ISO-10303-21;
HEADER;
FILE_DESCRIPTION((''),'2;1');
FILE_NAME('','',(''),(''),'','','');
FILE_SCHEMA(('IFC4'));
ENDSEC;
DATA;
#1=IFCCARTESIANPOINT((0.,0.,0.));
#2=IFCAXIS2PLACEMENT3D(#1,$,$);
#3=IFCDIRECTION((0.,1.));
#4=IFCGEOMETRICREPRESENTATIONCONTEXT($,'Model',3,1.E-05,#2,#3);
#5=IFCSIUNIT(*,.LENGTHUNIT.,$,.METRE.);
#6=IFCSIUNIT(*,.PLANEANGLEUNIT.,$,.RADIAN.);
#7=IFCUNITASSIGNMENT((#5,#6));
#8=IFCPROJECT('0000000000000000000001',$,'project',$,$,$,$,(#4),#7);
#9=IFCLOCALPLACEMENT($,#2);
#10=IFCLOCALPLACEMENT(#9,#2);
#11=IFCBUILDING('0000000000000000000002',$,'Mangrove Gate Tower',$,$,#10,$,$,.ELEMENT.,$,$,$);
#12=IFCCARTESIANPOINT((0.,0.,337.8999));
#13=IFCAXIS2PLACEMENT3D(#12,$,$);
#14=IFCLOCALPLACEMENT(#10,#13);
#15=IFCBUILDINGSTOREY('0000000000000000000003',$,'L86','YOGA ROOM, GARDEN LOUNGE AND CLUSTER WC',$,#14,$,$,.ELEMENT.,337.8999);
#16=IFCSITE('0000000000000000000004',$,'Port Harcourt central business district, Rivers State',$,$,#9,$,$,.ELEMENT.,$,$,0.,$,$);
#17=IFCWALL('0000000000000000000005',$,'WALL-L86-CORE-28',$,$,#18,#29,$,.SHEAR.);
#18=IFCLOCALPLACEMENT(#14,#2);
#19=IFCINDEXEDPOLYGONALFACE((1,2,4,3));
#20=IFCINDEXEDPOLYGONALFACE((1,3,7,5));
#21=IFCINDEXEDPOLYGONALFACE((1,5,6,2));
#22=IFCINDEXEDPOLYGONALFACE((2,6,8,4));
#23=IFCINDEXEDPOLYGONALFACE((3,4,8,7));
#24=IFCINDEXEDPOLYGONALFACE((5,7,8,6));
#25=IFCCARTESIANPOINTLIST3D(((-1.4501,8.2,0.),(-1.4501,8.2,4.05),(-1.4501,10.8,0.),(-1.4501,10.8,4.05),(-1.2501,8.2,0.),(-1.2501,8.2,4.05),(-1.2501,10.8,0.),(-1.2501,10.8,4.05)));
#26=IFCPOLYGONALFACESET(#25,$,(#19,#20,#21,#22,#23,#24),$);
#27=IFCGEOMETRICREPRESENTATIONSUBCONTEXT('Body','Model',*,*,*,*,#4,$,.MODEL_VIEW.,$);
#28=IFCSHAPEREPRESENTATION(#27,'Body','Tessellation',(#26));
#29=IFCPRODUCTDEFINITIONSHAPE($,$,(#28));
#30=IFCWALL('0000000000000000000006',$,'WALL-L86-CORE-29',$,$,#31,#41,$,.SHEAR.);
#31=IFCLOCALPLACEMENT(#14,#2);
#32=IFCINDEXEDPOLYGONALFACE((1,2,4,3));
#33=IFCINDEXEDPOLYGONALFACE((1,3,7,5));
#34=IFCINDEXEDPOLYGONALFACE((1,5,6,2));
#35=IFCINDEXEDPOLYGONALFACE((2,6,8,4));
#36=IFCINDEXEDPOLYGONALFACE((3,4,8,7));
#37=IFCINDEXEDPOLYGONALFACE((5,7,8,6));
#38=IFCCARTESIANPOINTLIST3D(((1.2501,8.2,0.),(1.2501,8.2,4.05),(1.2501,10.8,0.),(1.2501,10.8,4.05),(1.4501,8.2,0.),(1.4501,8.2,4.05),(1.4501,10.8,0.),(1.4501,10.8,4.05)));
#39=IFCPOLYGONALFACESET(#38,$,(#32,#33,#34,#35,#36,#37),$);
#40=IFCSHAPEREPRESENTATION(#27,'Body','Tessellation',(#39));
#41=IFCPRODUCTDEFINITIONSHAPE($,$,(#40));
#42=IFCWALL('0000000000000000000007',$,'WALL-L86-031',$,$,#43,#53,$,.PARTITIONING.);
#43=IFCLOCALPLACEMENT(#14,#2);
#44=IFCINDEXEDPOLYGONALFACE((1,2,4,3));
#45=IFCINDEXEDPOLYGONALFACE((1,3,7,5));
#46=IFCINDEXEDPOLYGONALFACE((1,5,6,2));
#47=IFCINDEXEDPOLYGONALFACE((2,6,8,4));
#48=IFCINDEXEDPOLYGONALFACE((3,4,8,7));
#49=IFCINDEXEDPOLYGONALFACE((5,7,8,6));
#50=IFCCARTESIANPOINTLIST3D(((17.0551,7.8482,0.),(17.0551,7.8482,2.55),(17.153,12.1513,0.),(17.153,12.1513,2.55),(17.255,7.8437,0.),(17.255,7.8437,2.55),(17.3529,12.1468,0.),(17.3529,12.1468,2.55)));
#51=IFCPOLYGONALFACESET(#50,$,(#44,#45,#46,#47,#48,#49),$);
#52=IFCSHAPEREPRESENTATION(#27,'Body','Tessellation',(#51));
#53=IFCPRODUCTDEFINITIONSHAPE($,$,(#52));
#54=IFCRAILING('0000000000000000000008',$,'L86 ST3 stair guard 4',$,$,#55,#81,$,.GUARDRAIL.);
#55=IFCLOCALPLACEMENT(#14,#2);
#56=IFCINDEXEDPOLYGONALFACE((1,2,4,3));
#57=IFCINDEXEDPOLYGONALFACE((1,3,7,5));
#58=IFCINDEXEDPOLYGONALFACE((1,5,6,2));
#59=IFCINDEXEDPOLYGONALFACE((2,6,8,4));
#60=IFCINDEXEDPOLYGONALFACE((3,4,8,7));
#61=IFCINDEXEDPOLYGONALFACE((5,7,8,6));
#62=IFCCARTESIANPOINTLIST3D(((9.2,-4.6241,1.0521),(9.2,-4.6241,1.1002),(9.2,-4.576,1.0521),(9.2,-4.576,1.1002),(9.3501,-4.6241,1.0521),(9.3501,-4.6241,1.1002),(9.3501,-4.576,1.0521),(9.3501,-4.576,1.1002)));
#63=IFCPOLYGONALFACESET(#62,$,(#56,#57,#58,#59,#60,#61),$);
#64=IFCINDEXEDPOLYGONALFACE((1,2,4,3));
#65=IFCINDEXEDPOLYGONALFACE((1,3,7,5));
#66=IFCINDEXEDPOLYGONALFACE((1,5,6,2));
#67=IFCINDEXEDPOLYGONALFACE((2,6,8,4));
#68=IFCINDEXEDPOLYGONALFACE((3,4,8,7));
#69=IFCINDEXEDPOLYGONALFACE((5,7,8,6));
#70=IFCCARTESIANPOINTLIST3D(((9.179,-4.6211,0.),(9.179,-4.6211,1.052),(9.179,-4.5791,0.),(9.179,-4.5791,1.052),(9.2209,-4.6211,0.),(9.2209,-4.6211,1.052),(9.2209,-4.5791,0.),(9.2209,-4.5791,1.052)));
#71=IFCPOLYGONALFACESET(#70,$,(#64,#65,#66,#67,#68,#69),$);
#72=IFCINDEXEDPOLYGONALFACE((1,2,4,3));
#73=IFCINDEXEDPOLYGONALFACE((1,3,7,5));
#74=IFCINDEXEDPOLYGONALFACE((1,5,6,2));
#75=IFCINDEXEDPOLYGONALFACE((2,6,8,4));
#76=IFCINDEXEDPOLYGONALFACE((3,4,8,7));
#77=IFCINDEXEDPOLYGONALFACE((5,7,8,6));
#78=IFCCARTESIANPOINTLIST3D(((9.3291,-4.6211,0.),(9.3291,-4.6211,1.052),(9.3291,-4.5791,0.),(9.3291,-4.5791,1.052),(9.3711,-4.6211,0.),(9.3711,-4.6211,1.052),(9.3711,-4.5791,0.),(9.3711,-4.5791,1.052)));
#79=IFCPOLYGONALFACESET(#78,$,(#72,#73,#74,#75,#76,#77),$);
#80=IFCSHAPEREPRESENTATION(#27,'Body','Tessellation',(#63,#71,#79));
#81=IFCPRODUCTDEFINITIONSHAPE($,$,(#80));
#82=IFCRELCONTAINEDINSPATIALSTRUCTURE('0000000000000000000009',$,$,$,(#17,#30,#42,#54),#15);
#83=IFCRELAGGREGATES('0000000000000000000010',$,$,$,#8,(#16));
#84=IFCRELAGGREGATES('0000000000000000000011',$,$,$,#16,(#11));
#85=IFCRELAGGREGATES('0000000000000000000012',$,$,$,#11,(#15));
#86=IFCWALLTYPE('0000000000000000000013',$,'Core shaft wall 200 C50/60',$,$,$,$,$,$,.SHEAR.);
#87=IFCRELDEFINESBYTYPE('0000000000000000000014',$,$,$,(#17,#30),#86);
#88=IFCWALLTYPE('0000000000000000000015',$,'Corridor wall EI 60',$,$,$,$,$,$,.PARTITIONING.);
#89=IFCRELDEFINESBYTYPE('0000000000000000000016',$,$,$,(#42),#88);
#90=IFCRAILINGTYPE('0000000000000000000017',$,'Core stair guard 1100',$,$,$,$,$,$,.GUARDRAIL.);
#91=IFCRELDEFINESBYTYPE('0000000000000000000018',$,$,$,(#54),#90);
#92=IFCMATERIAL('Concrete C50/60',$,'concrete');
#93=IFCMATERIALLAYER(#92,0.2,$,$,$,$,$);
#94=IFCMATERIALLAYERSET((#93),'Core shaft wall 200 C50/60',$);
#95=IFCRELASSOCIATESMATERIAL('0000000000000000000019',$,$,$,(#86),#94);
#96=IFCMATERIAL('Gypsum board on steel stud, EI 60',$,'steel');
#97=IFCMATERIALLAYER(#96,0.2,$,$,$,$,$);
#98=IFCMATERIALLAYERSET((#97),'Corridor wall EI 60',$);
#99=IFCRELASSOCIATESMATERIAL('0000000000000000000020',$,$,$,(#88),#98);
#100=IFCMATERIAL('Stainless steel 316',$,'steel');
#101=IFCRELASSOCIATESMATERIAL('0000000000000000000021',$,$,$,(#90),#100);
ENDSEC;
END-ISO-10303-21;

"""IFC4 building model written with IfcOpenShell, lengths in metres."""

from ifc_helpers import new_model, si_unit, direction, frame, frame_2d, origin, origin_2d, place, context, subcontext, project, spatial, rectangle, extrude, material, layer, layer_set, type_object, element, save


model = new_model("IFC4")

# Units and contexts
model_context = context("Model", 3, precision=1e-05, world=origin(), true_north=direction((0.0, 1.0)))
body_context = subcontext(model_context, "Body", "Model", "MODEL_VIEW")
ifc_project = project(units=[si_unit("LENGTHUNIT", "METRE"), si_unit("PLANEANGLEUNIT", "RADIAN")], contexts=[model_context])

# Site, building, storey
site_placement = place(None, origin())
site = spatial("IfcSite", under=ifc_project, at=site_placement, Name="Port Harcourt central business district, Rivers State", CompositionType="ELEMENT", RefElevation=0.0)
building_placement = place(site_placement, origin())
building = spatial("IfcBuilding", under=site, at=building_placement, Name="Mangrove Gate Tower", CompositionType="ELEMENT")
storey_placement = place(building_placement, frame((0.0, 0.0, 337.8999)))
storey = spatial("IfcBuildingStorey", under=building, at=storey_placement, Name="L86", Description="YOGA ROOM, GARDEN LOUNGE AND CLUSTER WC", CompositionType="ELEMENT", Elevation=337.8999)

# Walls
ifc_material_1 = material(Name="Concrete C50/60", Category="concrete")
ifc_layer_1 = layer(ifc_material_1, 0.2)
ifc_layer_set_1 = layer_set([ifc_layer_1], Name="Core shaft wall 200 C50/60")
wall_type_1 = type_object("IfcWallType", Name="Core shaft wall 200 C50/60", PredefinedType="SHEAR", material=ifc_layer_set_1)
for number, where, z_axis, x_axis, name in (
    (1, (-1.3501, 8.2, 0.0), (0.0, 0.0, 1.0), (0.0, 1.0, 0.0), "WALL-L86-CORE-28"),
    (2, (1.3501, 8.2, 0.0), (0.0, 0.0, 1.0), (0.0, 1.0, 0.0), "WALL-L86-CORE-29"),
):
    element("IfcWall", number, at=place(storey_placement, frame(where, z_axis=z_axis, x_axis=x_axis)), inside=storey, type_object=wall_type_1, Name=name, PredefinedType="SHEAR", context=body_context, shape_type="SweptSolid", body=[
        extrude(rectangle(XDim=2.6001, YDim=0.2, at=frame_2d((1.3, 0.0))), origin(), (0.0, 0.0, 1.0), 4.05),
    ])
ifc_material_2 = material(Name="Gypsum board on steel stud, EI 60", Category="steel")
ifc_layer_2 = layer(ifc_material_2, 0.2)
ifc_layer_set_2 = layer_set([ifc_layer_2], Name="Corridor wall EI 60")
wall_type_2 = type_object("IfcWallType", Name="Corridor wall EI 60", PredefinedType="PARTITIONING", material=ifc_layer_set_2)
wall_1_placement = place(storey_placement, frame((17.155, 7.8459, 0.0), z_axis=(0.0, 0.0, 1.0), x_axis=(0.022746, 0.999741, 0.0)))
element("IfcWall", 3, at=wall_1_placement, inside=storey, type_object=wall_type_2, Name="WALL-L86-031", PredefinedType="PARTITIONING", context=body_context, shape_type="SweptSolid", body=[
    extrude(rectangle(XDim=4.3042, YDim=0.2, at=frame_2d((2.1521, 0.0))), origin(), (0.0, 0.0, 1.0), 2.55),
])

# Railing
ifc_material_3 = material(Name="Stainless steel 316", Category="steel")
railing_type = type_object("IfcRailingType", Name="Core stair guard 1100", PredefinedType="GUARDRAIL", material=ifc_material_3)
railing_placement = place(storey_placement, frame((9.2, -4.6001, 0.0)))
element("IfcRailing", 4, at=railing_placement, inside=storey, type_object=railing_type, Name="L86 ST3 stair guard 4", PredefinedType="GUARDRAIL", context=body_context, shape_type="SweptSolid", body=[
    extrude(rectangle(XDim=0.0481, YDim=0.0481, at=origin_2d()), frame((0.0, 0.0, 1.0762), z_axis=(1.0, 0.0, 0.0), x_axis=(0.0, 1.0, 0.0)), (0.0, 0.0, 1.0), 0.1501),
    extrude(rectangle(XDim=0.042, YDim=0.042, at=origin_2d()), origin(), (0.0, 0.0, 1.0), 1.052),
    extrude(rectangle(XDim=0.042, YDim=0.042, at=origin_2d()), frame((0.1501, 0.0, 0.0)), (0.0, 0.0, 1.0), 1.052),
])

save(model, "model.ifc")
